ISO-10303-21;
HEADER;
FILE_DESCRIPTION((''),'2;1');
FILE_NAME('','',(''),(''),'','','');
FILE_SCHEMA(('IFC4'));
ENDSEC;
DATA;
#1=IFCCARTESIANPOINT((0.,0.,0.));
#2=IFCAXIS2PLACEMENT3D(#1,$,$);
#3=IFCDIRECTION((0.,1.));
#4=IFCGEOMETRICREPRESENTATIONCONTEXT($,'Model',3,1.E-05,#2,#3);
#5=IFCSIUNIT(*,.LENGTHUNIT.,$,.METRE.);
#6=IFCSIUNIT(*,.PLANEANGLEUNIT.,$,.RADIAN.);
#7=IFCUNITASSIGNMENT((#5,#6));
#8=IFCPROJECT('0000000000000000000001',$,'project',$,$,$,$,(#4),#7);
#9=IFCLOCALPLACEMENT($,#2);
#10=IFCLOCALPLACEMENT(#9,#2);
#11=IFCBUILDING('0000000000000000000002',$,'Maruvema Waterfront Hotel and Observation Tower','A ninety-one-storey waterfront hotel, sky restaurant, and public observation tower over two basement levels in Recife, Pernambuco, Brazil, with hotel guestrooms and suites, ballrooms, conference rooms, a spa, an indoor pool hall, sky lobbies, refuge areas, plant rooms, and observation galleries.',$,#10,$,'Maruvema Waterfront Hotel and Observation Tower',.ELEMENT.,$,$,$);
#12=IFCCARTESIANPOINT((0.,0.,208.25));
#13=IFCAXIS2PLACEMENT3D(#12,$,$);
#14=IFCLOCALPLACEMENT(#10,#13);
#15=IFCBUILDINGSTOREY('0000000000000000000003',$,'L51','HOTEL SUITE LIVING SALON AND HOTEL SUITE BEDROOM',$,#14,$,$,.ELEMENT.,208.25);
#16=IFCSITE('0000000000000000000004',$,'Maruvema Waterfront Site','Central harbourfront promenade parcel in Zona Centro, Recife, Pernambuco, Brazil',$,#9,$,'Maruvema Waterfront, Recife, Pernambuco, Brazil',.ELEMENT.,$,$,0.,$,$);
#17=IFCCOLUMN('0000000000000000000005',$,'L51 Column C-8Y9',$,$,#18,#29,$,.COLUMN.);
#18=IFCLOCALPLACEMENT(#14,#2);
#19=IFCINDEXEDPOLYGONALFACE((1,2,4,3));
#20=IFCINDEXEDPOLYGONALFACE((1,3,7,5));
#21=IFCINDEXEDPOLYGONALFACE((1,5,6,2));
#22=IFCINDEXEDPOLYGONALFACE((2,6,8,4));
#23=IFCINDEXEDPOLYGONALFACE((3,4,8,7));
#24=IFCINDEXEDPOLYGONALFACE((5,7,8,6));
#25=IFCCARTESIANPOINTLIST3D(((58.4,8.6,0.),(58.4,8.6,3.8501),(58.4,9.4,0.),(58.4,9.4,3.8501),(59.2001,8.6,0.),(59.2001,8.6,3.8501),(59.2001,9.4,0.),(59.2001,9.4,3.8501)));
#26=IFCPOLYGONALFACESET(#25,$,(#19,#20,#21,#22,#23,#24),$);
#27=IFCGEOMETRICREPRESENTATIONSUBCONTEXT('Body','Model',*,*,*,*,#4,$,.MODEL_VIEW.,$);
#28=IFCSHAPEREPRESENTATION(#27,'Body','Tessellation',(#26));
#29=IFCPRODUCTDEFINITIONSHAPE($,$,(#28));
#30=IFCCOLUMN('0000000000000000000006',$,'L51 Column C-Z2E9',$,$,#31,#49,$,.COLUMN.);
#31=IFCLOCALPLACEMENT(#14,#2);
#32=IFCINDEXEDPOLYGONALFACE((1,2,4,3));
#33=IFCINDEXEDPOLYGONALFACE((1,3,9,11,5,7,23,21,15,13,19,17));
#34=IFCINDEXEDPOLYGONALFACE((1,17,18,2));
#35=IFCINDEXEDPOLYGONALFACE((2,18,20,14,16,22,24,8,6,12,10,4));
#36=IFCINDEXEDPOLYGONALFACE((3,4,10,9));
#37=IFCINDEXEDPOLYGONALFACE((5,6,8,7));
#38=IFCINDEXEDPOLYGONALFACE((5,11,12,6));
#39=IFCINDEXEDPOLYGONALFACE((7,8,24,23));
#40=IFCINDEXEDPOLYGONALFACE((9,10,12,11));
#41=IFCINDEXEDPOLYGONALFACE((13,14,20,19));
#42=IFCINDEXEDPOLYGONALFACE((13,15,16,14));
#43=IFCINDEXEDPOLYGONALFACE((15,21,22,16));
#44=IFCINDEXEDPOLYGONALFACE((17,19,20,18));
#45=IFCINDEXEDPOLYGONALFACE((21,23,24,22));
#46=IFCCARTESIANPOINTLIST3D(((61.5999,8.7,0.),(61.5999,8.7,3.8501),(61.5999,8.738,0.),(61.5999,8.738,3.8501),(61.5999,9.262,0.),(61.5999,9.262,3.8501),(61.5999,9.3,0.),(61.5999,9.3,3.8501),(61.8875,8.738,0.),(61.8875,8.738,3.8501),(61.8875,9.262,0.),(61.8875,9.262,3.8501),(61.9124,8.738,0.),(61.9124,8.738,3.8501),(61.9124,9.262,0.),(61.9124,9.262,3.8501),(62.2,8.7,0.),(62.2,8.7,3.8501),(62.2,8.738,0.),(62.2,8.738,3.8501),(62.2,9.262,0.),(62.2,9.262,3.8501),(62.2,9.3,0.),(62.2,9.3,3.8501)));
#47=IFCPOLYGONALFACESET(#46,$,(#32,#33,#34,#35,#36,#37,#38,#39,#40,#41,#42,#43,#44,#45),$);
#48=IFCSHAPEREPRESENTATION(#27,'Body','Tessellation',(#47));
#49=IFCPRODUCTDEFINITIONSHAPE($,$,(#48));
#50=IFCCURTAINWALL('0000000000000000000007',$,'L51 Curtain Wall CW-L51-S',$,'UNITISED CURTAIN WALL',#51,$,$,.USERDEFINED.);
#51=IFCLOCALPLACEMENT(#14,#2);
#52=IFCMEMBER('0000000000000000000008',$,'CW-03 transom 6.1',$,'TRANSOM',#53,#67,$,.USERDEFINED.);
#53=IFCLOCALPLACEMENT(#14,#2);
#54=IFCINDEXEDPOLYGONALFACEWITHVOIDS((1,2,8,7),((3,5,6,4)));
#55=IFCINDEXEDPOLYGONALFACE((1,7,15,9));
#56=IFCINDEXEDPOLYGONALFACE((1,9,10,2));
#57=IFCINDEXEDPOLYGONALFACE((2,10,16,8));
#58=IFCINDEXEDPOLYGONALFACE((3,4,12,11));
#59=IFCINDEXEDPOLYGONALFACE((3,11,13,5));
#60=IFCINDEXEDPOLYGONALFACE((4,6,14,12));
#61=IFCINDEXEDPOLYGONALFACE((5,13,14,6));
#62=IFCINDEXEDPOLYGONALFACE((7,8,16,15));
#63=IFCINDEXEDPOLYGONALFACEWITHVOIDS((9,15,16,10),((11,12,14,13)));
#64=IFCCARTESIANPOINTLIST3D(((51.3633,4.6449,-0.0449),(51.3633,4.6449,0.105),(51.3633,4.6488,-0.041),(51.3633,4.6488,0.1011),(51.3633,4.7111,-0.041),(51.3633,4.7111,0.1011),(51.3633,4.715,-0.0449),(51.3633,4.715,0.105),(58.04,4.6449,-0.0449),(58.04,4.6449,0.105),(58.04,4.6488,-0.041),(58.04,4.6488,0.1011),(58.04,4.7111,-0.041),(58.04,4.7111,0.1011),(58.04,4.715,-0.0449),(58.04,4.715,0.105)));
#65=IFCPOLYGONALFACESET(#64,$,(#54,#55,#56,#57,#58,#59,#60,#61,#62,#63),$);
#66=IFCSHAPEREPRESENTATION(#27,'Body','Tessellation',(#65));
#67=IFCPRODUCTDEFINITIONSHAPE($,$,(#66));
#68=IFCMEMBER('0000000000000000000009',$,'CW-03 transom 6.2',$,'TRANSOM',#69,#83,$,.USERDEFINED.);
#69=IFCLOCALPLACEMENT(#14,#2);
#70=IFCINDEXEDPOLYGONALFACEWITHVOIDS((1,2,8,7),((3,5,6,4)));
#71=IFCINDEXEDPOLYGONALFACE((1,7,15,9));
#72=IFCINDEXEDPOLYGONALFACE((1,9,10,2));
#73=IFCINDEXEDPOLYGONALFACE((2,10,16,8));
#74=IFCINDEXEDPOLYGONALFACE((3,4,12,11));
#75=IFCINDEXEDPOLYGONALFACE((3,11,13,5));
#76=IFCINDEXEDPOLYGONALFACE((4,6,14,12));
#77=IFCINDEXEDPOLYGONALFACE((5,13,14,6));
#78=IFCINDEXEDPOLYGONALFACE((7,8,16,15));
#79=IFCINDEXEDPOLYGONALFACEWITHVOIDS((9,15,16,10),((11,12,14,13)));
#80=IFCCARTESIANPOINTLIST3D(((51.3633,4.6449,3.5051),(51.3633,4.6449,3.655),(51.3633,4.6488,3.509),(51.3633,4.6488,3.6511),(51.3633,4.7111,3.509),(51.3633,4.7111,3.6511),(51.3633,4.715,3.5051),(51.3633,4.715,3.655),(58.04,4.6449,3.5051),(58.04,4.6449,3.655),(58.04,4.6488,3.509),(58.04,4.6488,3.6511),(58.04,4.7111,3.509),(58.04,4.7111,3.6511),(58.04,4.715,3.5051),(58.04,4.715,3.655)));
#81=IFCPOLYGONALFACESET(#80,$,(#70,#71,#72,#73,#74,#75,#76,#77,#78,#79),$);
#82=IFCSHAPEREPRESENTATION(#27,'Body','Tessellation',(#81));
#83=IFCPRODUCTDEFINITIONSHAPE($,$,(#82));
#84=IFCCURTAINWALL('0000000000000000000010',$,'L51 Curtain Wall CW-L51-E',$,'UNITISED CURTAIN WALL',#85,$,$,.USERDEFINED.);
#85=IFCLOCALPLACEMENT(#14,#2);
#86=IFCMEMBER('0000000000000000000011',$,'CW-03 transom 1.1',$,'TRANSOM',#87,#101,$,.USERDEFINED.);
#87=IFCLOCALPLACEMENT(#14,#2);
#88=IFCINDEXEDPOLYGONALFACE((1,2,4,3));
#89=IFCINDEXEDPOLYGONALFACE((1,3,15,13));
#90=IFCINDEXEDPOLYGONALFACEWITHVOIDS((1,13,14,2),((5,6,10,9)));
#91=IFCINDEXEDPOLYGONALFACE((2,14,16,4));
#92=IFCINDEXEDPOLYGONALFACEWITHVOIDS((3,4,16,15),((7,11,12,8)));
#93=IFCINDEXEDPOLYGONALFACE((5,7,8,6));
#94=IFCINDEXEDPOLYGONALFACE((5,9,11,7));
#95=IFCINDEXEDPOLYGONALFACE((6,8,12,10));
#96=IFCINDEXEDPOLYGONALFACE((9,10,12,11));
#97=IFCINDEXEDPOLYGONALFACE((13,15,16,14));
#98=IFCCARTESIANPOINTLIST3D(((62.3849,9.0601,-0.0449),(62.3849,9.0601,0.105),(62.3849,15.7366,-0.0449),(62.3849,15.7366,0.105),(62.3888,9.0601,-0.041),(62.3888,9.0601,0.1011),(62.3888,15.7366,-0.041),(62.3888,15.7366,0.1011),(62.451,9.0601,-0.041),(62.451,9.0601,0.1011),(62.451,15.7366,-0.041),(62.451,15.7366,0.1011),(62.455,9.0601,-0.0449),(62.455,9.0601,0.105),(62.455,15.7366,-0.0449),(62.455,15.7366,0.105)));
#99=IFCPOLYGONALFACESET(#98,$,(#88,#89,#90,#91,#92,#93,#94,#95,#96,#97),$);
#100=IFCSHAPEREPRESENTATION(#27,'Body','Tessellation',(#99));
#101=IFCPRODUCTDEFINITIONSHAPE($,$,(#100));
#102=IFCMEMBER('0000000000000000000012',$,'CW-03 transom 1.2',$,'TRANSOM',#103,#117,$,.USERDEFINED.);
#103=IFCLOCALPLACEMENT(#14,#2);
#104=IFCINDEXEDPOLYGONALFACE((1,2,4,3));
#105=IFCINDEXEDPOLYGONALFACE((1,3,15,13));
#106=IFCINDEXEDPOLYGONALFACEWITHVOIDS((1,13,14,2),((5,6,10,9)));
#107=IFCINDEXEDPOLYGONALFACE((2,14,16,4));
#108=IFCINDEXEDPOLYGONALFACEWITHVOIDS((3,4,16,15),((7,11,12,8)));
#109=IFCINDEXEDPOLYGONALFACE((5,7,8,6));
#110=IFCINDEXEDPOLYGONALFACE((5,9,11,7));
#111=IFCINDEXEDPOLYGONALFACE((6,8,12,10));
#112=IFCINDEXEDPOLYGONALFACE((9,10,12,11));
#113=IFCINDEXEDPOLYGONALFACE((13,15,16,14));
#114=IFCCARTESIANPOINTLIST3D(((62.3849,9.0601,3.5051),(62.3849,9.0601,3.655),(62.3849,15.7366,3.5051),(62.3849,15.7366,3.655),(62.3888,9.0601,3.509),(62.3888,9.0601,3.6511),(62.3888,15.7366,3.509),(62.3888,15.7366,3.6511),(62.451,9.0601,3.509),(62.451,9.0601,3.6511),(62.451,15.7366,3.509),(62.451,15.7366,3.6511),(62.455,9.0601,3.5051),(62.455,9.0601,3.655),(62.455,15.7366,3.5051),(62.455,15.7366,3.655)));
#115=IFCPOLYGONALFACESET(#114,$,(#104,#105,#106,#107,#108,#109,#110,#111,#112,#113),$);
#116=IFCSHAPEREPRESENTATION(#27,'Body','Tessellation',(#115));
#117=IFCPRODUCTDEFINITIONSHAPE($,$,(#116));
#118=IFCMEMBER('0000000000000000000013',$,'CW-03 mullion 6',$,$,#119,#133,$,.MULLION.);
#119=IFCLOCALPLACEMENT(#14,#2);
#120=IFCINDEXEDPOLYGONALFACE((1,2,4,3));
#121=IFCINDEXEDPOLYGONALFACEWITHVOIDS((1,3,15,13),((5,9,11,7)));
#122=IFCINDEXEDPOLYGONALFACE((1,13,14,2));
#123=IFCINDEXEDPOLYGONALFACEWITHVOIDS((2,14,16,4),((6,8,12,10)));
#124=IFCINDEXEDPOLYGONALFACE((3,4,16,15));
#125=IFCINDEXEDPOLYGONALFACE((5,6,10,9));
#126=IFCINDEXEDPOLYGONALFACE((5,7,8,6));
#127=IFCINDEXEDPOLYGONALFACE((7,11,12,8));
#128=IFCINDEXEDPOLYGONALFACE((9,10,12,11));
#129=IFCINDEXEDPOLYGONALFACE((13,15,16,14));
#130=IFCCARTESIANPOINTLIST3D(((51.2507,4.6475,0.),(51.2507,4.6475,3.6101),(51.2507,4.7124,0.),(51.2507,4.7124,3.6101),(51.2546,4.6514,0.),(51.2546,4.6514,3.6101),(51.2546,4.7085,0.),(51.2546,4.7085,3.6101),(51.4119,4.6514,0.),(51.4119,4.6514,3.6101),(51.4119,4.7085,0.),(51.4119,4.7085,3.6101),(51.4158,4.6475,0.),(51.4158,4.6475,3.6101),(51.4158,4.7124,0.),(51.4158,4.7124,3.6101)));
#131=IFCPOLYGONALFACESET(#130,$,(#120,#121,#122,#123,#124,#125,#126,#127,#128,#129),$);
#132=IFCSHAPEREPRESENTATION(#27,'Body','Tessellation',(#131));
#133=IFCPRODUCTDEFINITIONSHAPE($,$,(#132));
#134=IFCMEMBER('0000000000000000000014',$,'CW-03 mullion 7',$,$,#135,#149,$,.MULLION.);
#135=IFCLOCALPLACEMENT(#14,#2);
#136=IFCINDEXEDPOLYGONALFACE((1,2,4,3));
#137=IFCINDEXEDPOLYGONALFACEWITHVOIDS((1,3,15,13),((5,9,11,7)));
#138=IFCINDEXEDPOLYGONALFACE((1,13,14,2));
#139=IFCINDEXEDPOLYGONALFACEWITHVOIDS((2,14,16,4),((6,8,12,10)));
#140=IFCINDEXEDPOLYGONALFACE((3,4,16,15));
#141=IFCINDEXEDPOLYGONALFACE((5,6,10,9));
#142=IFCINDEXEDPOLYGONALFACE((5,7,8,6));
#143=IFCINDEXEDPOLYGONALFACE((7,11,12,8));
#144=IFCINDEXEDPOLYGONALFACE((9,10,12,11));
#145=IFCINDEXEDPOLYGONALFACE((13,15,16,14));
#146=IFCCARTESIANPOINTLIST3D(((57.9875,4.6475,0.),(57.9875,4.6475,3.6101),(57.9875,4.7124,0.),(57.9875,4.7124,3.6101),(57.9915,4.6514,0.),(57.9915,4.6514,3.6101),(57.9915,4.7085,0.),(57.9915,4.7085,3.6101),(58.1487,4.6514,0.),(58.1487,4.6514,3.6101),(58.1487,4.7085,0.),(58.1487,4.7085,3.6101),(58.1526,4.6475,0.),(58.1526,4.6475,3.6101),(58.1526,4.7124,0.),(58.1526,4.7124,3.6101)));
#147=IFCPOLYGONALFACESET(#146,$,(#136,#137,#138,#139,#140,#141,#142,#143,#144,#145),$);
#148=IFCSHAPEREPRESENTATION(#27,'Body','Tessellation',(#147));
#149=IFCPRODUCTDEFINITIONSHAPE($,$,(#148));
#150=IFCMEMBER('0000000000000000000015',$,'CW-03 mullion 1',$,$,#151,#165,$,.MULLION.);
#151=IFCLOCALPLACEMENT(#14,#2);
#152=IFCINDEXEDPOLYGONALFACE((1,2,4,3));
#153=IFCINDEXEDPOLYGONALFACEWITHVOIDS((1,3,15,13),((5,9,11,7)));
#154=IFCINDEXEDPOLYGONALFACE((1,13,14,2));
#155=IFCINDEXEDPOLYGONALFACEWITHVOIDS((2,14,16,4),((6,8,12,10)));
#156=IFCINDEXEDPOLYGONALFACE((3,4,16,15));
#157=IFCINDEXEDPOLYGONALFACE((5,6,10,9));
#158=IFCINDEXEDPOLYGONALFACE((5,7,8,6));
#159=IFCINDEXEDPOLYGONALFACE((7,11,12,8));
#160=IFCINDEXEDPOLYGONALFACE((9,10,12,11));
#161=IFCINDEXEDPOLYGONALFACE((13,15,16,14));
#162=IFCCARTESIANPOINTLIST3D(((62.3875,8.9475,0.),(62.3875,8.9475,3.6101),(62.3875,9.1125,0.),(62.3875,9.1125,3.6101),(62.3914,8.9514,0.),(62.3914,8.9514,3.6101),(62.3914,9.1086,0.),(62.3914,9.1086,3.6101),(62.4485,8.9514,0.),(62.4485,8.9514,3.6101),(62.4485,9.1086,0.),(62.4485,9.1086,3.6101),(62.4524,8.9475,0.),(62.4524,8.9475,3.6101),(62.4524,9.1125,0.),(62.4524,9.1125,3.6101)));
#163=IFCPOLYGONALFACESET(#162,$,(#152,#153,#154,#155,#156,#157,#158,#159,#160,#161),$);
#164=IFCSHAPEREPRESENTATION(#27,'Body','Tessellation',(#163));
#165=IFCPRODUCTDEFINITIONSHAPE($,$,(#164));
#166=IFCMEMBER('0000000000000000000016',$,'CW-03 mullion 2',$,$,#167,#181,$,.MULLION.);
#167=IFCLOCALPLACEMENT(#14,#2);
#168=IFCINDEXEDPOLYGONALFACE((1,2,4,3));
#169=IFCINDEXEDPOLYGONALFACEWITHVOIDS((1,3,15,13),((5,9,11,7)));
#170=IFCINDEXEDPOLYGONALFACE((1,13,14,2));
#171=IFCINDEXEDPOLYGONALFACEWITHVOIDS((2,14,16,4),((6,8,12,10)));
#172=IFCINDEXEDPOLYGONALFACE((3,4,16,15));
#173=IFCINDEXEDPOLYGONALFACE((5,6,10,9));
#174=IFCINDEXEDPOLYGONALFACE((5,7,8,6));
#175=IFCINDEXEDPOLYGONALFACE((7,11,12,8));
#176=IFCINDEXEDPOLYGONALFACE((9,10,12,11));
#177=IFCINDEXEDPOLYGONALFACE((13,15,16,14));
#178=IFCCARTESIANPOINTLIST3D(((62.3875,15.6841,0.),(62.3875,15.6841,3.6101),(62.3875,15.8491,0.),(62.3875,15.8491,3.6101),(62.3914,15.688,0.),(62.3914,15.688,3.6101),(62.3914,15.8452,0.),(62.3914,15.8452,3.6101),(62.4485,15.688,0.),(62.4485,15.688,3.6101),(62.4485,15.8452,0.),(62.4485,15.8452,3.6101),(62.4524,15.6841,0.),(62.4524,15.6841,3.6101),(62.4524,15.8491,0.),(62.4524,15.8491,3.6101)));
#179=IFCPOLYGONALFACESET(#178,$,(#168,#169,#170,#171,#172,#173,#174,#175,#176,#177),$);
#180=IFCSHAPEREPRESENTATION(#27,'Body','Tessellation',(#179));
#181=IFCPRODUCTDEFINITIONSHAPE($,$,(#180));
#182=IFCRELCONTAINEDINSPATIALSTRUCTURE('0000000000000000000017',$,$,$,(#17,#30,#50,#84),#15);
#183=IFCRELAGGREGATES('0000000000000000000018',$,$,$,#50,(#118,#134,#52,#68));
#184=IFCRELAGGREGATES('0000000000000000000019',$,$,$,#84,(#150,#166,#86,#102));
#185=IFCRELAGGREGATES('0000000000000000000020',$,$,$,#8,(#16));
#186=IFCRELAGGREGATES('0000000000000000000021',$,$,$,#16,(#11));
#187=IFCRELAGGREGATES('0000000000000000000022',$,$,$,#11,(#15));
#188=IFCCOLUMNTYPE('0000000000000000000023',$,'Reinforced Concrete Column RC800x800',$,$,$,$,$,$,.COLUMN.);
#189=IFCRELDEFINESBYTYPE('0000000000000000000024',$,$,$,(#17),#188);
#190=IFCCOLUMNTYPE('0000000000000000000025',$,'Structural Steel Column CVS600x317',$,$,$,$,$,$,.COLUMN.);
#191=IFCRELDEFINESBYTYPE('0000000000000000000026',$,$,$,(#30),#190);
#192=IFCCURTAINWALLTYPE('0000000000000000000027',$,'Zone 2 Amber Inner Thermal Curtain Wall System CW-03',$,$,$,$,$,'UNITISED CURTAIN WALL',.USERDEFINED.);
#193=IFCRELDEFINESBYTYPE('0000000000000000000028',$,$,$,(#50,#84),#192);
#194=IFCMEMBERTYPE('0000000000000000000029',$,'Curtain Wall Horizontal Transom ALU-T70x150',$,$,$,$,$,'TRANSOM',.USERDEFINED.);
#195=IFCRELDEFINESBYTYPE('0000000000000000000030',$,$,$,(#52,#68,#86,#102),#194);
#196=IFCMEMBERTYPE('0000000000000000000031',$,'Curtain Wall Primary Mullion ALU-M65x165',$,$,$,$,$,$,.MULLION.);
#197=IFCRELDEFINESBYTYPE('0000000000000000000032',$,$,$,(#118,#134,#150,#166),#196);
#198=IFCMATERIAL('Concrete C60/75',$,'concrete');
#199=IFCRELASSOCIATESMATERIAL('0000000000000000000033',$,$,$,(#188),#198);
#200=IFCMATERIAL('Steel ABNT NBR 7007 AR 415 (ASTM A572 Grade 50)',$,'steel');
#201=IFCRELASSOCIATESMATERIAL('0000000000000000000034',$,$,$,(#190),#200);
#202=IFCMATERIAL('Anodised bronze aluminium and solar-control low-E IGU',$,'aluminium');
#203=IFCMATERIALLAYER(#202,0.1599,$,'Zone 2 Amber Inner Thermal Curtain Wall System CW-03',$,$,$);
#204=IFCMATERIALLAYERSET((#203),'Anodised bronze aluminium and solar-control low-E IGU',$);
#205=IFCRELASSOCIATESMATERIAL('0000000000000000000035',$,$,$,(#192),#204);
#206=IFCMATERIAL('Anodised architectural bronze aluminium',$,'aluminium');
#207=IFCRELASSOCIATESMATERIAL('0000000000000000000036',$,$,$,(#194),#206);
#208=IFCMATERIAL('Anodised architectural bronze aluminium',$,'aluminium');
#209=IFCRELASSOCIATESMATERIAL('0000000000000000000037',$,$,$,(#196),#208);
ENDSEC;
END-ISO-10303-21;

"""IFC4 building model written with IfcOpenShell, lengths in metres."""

from ifc_helpers import new_model, si_unit, direction, frame, origin, origin_2d, place, context, subcontext, project, spatial, rectangle, hollow_rectangle, i_section, extrude, material, layer, layer_set, material_profile, profile_set, type_object, element, aggregate, save


model = new_model("IFC4")

# Units and contexts
model_context = context("Model", 3, precision=1e-05, world=origin(), true_north=direction((0.0, 1.0)))
body_context = subcontext(model_context, "Body", "Model", "MODEL_VIEW")
ifc_project = project(units=[si_unit("LENGTHUNIT", "METRE"), si_unit("PLANEANGLEUNIT", "RADIAN")], contexts=[model_context])

# Site, building, storey
site_placement = place(None, origin())
site = spatial("IfcSite", under=ifc_project, at=site_placement, Name="Maruvema Waterfront Site", Description="Central harbourfront promenade parcel in Zona Centro, Recife, Pernambuco, Brazil", LongName="Maruvema Waterfront, Recife, Pernambuco, Brazil", CompositionType="ELEMENT", RefElevation=0.0)
building_placement = place(site_placement, origin())
building = spatial("IfcBuilding", under=site, at=building_placement, Name="Maruvema Waterfront Hotel and Observation Tower", Description="A ninety-one-storey waterfront hotel, sky restaurant, and public observation tower over two basement levels in Recife, Pernambuco, Brazil, with hotel guestrooms and suites, ballrooms, conference rooms, a spa, an indoor pool hall, sky lobbies, refuge areas, plant rooms, and observation galleries.", LongName="Maruvema Waterfront Hotel and Observation Tower", CompositionType="ELEMENT")
storey_placement = place(building_placement, frame((0.0, 0.0, 208.25)))
storey = spatial("IfcBuildingStorey", under=building, at=storey_placement, Name="L51", Description="HOTEL SUITE LIVING SALON AND HOTEL SUITE BEDROOM", CompositionType="ELEMENT", Elevation=208.25)

# Columns
ifc_material_1 = material(Name="Concrete C60/75", Category="concrete")
ifc_material_profile_1 = material_profile(ifc_material_1, rectangle(XDim=0.8, YDim=0.8, at=origin_2d()), Name="RC800x800")
ifc_profile_set_1 = profile_set([ifc_material_profile_1], Name="Concrete C60/75")
column_type_1 = type_object("IfcColumnType", Name="Reinforced Concrete Column RC800x800", PredefinedType="COLUMN", material=ifc_profile_set_1)
column_1_placement = place(storey_placement, frame((58.8, 9.0, 0.0), z_axis=(0.0, 0.0, 1.0), x_axis=(1.0, 0.0, 0.0)))
element("IfcColumn", 1, at=column_1_placement, inside=storey, type_object=column_type_1, Name="L51 Column C-8Y9", PredefinedType="COLUMN", context=body_context, shape_type="SweptSolid", body=[
    extrude(rectangle(XDim=0.8, YDim=0.8, at=origin_2d()), origin(), (0.0, 0.0, 1.0), 3.8501),
])
ifc_material_2 = material(Name="Steel ABNT NBR 7007 AR 415 (ASTM A572 Grade 50)", Category="steel")
ifc_material_profile_2 = material_profile(ifc_material_2, i_section(OverallWidth=0.6001, OverallDepth=0.6001, WebThickness=0.0249, FlangeThickness=0.0381, at=origin_2d()), Name="CVS600x317")
ifc_profile_set_2 = profile_set([ifc_material_profile_2], Name="Steel ABNT NBR 7007 AR 415 (ASTM A572 Grade 50)")
column_type_2 = type_object("IfcColumnType", Name="Structural Steel Column CVS600x317", PredefinedType="COLUMN", material=ifc_profile_set_2)
column_2_placement = place(storey_placement, frame((61.8999, 9.0, 0.0), z_axis=(0.0, 0.0, 1.0), x_axis=(1.0, 0.0, 0.0)))
element("IfcColumn", 2, at=column_2_placement, inside=storey, type_object=column_type_2, Name="L51 Column C-Z2E9", PredefinedType="COLUMN", context=body_context, shape_type="SweptSolid", body=[
    extrude(i_section(OverallWidth=0.6001, OverallDepth=0.6001, WebThickness=0.0249, FlangeThickness=0.0381, at=origin_2d()), origin(), (0.0, 0.0, 1.0), 3.8501),
])

# Curtain walls, members
ifc_material_3 = material(Name="Anodised bronze aluminium and solar-control low-E IGU", Category="aluminium")
ifc_layer_1 = layer(ifc_material_3, 0.1599, Name="Zone 2 Amber Inner Thermal Curtain Wall System CW-03")
ifc_layer_set_1 = layer_set([ifc_layer_1], Name="Anodised bronze aluminium and solar-control low-E IGU")
curtain_wall_type = type_object("IfcCurtainWallType", Name="Zone 2 Amber Inner Thermal Curtain Wall System CW-03", ElementType="UNITISED CURTAIN WALL", PredefinedType="USERDEFINED", material=ifc_layer_set_1)
curtain_wall_1_placement = place(storey_placement, origin())
curtain_wall_1 = element("IfcCurtainWall", 3, at=curtain_wall_1_placement, inside=storey, type_object=curtain_wall_type, Name="L51 Curtain Wall CW-L51-S", ObjectType="UNITISED CURTAIN WALL", PredefinedType="USERDEFINED")
ifc_material_4 = material(Name="Anodised architectural bronze aluminium", Category="aluminium")
ifc_material_profile_3 = material_profile(ifc_material_4, hollow_rectangle(XDim=0.0701, YDim=0.1499, WallThickness=0.0039, at=origin_2d()), Name="ALU-T70x150")
ifc_profile_set_3 = profile_set([ifc_material_profile_3], Name="Anodised architectural bronze aluminium")
member_type_1 = type_object("IfcMemberType", Name="Curtain Wall Horizontal Transom ALU-T70x150", ElementType="TRANSOM", PredefinedType="USERDEFINED", material=ifc_profile_set_3)
member_1_placement = place(storey_placement, frame((51.3633, 4.6799, 0.03), z_axis=(1.0, 0.0, 0.0), x_axis=(0.0, 1.0, 0.0)))
member_1 = element("IfcMember", 4, at=member_1_placement, type_object=member_type_1, Name="CW-03 transom 6.1", ObjectType="TRANSOM", PredefinedType="USERDEFINED", context=body_context, shape_type="SweptSolid", body=[
    extrude(hollow_rectangle(XDim=0.0701, YDim=0.1499, WallThickness=0.0039, at=origin_2d()), origin(), (0.0, 0.0, 1.0), 6.6768),
])
member_2_placement = place(storey_placement, frame((51.3633, 4.6799, 3.5801), z_axis=(1.0, 0.0, 0.0), x_axis=(0.0, 1.0, 0.0)))
member_2 = element("IfcMember", 5, at=member_2_placement, type_object=member_type_1, Name="CW-03 transom 6.2", ObjectType="TRANSOM", PredefinedType="USERDEFINED", context=body_context, shape_type="SweptSolid", body=[
    extrude(hollow_rectangle(XDim=0.0701, YDim=0.1499, WallThickness=0.0039, at=origin_2d()), origin(), (0.0, 0.0, 1.0), 6.6768),
])
curtain_wall_2_placement = place(storey_placement, origin())
curtain_wall_2 = element("IfcCurtainWall", 6, at=curtain_wall_2_placement, inside=storey, type_object=curtain_wall_type, Name="L51 Curtain Wall CW-L51-E", ObjectType="UNITISED CURTAIN WALL", PredefinedType="USERDEFINED")
member_3_placement = place(storey_placement, frame((62.4199, 9.0601, 0.03), z_axis=(0.0, 1.0, 0.0), x_axis=(-1.0, 0.0, 0.0)))
member_3 = element("IfcMember", 7, at=member_3_placement, type_object=member_type_1, Name="CW-03 transom 1.1", ObjectType="TRANSOM", PredefinedType="USERDEFINED", context=body_context, shape_type="SweptSolid", body=[
    extrude(hollow_rectangle(XDim=0.0701, YDim=0.1499, WallThickness=0.0039, at=origin_2d()), origin(), (0.0, 0.0, 1.0), 6.6765),
])
member_4_placement = place(storey_placement, frame((62.4199, 9.0601, 3.5801), z_axis=(0.0, 1.0, 0.0), x_axis=(-1.0, 0.0, 0.0)))
member_4 = element("IfcMember", 8, at=member_4_placement, type_object=member_type_1, Name="CW-03 transom 1.2", ObjectType="TRANSOM", PredefinedType="USERDEFINED", context=body_context, shape_type="SweptSolid", body=[
    extrude(hollow_rectangle(XDim=0.0701, YDim=0.1499, WallThickness=0.0039, at=origin_2d()), origin(), (0.0, 0.0, 1.0), 6.6765),
])

# Members
ifc_material_5 = material(Name="Anodised architectural bronze aluminium", Category="aluminium")
ifc_material_profile_4 = material_profile(ifc_material_5, hollow_rectangle(XDim=0.0649, YDim=0.165, WallThickness=0.0039, at=origin_2d()), Name="ALU-M65x165")
ifc_profile_set_4 = profile_set([ifc_material_profile_4], Name="Anodised architectural bronze aluminium")
member_type_2 = type_object("IfcMemberType", Name="Curtain Wall Primary Mullion ALU-M65x165", PredefinedType="MULLION", material=ifc_profile_set_4)
member_5_placement = place(storey_placement, frame((51.3333, 4.6799, 0.0), z_axis=(0.0, 0.0, 1.0), x_axis=(0.0, 1.0, 0.0)))
member_5 = element("IfcMember", 9, at=member_5_placement, type_object=member_type_2, Name="CW-03 mullion 6", PredefinedType="MULLION", context=body_context, shape_type="SweptSolid", body=[
    extrude(hollow_rectangle(XDim=0.0649, YDim=0.165, WallThickness=0.0039, at=origin_2d()), origin(), (0.0, 0.0, 1.0), 3.6101),
])
member_6_placement = place(storey_placement, frame((58.0701, 4.6799, 0.0), z_axis=(0.0, 0.0, 1.0), x_axis=(0.0, 1.0, 0.0)))
member_6 = element("IfcMember", 10, at=member_6_placement, type_object=member_type_2, Name="CW-03 mullion 7", PredefinedType="MULLION", context=body_context, shape_type="SweptSolid", body=[
    extrude(hollow_rectangle(XDim=0.0649, YDim=0.165, WallThickness=0.0039, at=origin_2d()), origin(), (0.0, 0.0, 1.0), 3.6101),
])
member_7_placement = place(storey_placement, frame((62.4199, 9.03, 0.0), z_axis=(0.0, 0.0, 1.0), x_axis=(-1.0, 0.0, 0.0)))
member_7 = element("IfcMember", 11, at=member_7_placement, type_object=member_type_2, Name="CW-03 mullion 1", PredefinedType="MULLION", context=body_context, shape_type="SweptSolid", body=[
    extrude(hollow_rectangle(XDim=0.0649, YDim=0.165, WallThickness=0.0039, at=origin_2d()), origin(), (0.0, 0.0, 1.0), 3.6101),
])
member_8_placement = place(storey_placement, frame((62.4199, 15.7666, 0.0), z_axis=(0.0, 0.0, 1.0), x_axis=(-1.0, 0.0, 0.0)))
member_8 = element("IfcMember", 12, at=member_8_placement, type_object=member_type_2, Name="CW-03 mullion 2", PredefinedType="MULLION", context=body_context, shape_type="SweptSolid", body=[
    extrude(hollow_rectangle(XDim=0.0649, YDim=0.165, WallThickness=0.0039, at=origin_2d()), origin(), (0.0, 0.0, 1.0), 3.6101),
])

aggregate(curtain_wall_1, [member_5, member_6, member_1, member_2])
aggregate(curtain_wall_2, [member_7, member_8, member_3, member_4])

save(model, "model.ifc")
